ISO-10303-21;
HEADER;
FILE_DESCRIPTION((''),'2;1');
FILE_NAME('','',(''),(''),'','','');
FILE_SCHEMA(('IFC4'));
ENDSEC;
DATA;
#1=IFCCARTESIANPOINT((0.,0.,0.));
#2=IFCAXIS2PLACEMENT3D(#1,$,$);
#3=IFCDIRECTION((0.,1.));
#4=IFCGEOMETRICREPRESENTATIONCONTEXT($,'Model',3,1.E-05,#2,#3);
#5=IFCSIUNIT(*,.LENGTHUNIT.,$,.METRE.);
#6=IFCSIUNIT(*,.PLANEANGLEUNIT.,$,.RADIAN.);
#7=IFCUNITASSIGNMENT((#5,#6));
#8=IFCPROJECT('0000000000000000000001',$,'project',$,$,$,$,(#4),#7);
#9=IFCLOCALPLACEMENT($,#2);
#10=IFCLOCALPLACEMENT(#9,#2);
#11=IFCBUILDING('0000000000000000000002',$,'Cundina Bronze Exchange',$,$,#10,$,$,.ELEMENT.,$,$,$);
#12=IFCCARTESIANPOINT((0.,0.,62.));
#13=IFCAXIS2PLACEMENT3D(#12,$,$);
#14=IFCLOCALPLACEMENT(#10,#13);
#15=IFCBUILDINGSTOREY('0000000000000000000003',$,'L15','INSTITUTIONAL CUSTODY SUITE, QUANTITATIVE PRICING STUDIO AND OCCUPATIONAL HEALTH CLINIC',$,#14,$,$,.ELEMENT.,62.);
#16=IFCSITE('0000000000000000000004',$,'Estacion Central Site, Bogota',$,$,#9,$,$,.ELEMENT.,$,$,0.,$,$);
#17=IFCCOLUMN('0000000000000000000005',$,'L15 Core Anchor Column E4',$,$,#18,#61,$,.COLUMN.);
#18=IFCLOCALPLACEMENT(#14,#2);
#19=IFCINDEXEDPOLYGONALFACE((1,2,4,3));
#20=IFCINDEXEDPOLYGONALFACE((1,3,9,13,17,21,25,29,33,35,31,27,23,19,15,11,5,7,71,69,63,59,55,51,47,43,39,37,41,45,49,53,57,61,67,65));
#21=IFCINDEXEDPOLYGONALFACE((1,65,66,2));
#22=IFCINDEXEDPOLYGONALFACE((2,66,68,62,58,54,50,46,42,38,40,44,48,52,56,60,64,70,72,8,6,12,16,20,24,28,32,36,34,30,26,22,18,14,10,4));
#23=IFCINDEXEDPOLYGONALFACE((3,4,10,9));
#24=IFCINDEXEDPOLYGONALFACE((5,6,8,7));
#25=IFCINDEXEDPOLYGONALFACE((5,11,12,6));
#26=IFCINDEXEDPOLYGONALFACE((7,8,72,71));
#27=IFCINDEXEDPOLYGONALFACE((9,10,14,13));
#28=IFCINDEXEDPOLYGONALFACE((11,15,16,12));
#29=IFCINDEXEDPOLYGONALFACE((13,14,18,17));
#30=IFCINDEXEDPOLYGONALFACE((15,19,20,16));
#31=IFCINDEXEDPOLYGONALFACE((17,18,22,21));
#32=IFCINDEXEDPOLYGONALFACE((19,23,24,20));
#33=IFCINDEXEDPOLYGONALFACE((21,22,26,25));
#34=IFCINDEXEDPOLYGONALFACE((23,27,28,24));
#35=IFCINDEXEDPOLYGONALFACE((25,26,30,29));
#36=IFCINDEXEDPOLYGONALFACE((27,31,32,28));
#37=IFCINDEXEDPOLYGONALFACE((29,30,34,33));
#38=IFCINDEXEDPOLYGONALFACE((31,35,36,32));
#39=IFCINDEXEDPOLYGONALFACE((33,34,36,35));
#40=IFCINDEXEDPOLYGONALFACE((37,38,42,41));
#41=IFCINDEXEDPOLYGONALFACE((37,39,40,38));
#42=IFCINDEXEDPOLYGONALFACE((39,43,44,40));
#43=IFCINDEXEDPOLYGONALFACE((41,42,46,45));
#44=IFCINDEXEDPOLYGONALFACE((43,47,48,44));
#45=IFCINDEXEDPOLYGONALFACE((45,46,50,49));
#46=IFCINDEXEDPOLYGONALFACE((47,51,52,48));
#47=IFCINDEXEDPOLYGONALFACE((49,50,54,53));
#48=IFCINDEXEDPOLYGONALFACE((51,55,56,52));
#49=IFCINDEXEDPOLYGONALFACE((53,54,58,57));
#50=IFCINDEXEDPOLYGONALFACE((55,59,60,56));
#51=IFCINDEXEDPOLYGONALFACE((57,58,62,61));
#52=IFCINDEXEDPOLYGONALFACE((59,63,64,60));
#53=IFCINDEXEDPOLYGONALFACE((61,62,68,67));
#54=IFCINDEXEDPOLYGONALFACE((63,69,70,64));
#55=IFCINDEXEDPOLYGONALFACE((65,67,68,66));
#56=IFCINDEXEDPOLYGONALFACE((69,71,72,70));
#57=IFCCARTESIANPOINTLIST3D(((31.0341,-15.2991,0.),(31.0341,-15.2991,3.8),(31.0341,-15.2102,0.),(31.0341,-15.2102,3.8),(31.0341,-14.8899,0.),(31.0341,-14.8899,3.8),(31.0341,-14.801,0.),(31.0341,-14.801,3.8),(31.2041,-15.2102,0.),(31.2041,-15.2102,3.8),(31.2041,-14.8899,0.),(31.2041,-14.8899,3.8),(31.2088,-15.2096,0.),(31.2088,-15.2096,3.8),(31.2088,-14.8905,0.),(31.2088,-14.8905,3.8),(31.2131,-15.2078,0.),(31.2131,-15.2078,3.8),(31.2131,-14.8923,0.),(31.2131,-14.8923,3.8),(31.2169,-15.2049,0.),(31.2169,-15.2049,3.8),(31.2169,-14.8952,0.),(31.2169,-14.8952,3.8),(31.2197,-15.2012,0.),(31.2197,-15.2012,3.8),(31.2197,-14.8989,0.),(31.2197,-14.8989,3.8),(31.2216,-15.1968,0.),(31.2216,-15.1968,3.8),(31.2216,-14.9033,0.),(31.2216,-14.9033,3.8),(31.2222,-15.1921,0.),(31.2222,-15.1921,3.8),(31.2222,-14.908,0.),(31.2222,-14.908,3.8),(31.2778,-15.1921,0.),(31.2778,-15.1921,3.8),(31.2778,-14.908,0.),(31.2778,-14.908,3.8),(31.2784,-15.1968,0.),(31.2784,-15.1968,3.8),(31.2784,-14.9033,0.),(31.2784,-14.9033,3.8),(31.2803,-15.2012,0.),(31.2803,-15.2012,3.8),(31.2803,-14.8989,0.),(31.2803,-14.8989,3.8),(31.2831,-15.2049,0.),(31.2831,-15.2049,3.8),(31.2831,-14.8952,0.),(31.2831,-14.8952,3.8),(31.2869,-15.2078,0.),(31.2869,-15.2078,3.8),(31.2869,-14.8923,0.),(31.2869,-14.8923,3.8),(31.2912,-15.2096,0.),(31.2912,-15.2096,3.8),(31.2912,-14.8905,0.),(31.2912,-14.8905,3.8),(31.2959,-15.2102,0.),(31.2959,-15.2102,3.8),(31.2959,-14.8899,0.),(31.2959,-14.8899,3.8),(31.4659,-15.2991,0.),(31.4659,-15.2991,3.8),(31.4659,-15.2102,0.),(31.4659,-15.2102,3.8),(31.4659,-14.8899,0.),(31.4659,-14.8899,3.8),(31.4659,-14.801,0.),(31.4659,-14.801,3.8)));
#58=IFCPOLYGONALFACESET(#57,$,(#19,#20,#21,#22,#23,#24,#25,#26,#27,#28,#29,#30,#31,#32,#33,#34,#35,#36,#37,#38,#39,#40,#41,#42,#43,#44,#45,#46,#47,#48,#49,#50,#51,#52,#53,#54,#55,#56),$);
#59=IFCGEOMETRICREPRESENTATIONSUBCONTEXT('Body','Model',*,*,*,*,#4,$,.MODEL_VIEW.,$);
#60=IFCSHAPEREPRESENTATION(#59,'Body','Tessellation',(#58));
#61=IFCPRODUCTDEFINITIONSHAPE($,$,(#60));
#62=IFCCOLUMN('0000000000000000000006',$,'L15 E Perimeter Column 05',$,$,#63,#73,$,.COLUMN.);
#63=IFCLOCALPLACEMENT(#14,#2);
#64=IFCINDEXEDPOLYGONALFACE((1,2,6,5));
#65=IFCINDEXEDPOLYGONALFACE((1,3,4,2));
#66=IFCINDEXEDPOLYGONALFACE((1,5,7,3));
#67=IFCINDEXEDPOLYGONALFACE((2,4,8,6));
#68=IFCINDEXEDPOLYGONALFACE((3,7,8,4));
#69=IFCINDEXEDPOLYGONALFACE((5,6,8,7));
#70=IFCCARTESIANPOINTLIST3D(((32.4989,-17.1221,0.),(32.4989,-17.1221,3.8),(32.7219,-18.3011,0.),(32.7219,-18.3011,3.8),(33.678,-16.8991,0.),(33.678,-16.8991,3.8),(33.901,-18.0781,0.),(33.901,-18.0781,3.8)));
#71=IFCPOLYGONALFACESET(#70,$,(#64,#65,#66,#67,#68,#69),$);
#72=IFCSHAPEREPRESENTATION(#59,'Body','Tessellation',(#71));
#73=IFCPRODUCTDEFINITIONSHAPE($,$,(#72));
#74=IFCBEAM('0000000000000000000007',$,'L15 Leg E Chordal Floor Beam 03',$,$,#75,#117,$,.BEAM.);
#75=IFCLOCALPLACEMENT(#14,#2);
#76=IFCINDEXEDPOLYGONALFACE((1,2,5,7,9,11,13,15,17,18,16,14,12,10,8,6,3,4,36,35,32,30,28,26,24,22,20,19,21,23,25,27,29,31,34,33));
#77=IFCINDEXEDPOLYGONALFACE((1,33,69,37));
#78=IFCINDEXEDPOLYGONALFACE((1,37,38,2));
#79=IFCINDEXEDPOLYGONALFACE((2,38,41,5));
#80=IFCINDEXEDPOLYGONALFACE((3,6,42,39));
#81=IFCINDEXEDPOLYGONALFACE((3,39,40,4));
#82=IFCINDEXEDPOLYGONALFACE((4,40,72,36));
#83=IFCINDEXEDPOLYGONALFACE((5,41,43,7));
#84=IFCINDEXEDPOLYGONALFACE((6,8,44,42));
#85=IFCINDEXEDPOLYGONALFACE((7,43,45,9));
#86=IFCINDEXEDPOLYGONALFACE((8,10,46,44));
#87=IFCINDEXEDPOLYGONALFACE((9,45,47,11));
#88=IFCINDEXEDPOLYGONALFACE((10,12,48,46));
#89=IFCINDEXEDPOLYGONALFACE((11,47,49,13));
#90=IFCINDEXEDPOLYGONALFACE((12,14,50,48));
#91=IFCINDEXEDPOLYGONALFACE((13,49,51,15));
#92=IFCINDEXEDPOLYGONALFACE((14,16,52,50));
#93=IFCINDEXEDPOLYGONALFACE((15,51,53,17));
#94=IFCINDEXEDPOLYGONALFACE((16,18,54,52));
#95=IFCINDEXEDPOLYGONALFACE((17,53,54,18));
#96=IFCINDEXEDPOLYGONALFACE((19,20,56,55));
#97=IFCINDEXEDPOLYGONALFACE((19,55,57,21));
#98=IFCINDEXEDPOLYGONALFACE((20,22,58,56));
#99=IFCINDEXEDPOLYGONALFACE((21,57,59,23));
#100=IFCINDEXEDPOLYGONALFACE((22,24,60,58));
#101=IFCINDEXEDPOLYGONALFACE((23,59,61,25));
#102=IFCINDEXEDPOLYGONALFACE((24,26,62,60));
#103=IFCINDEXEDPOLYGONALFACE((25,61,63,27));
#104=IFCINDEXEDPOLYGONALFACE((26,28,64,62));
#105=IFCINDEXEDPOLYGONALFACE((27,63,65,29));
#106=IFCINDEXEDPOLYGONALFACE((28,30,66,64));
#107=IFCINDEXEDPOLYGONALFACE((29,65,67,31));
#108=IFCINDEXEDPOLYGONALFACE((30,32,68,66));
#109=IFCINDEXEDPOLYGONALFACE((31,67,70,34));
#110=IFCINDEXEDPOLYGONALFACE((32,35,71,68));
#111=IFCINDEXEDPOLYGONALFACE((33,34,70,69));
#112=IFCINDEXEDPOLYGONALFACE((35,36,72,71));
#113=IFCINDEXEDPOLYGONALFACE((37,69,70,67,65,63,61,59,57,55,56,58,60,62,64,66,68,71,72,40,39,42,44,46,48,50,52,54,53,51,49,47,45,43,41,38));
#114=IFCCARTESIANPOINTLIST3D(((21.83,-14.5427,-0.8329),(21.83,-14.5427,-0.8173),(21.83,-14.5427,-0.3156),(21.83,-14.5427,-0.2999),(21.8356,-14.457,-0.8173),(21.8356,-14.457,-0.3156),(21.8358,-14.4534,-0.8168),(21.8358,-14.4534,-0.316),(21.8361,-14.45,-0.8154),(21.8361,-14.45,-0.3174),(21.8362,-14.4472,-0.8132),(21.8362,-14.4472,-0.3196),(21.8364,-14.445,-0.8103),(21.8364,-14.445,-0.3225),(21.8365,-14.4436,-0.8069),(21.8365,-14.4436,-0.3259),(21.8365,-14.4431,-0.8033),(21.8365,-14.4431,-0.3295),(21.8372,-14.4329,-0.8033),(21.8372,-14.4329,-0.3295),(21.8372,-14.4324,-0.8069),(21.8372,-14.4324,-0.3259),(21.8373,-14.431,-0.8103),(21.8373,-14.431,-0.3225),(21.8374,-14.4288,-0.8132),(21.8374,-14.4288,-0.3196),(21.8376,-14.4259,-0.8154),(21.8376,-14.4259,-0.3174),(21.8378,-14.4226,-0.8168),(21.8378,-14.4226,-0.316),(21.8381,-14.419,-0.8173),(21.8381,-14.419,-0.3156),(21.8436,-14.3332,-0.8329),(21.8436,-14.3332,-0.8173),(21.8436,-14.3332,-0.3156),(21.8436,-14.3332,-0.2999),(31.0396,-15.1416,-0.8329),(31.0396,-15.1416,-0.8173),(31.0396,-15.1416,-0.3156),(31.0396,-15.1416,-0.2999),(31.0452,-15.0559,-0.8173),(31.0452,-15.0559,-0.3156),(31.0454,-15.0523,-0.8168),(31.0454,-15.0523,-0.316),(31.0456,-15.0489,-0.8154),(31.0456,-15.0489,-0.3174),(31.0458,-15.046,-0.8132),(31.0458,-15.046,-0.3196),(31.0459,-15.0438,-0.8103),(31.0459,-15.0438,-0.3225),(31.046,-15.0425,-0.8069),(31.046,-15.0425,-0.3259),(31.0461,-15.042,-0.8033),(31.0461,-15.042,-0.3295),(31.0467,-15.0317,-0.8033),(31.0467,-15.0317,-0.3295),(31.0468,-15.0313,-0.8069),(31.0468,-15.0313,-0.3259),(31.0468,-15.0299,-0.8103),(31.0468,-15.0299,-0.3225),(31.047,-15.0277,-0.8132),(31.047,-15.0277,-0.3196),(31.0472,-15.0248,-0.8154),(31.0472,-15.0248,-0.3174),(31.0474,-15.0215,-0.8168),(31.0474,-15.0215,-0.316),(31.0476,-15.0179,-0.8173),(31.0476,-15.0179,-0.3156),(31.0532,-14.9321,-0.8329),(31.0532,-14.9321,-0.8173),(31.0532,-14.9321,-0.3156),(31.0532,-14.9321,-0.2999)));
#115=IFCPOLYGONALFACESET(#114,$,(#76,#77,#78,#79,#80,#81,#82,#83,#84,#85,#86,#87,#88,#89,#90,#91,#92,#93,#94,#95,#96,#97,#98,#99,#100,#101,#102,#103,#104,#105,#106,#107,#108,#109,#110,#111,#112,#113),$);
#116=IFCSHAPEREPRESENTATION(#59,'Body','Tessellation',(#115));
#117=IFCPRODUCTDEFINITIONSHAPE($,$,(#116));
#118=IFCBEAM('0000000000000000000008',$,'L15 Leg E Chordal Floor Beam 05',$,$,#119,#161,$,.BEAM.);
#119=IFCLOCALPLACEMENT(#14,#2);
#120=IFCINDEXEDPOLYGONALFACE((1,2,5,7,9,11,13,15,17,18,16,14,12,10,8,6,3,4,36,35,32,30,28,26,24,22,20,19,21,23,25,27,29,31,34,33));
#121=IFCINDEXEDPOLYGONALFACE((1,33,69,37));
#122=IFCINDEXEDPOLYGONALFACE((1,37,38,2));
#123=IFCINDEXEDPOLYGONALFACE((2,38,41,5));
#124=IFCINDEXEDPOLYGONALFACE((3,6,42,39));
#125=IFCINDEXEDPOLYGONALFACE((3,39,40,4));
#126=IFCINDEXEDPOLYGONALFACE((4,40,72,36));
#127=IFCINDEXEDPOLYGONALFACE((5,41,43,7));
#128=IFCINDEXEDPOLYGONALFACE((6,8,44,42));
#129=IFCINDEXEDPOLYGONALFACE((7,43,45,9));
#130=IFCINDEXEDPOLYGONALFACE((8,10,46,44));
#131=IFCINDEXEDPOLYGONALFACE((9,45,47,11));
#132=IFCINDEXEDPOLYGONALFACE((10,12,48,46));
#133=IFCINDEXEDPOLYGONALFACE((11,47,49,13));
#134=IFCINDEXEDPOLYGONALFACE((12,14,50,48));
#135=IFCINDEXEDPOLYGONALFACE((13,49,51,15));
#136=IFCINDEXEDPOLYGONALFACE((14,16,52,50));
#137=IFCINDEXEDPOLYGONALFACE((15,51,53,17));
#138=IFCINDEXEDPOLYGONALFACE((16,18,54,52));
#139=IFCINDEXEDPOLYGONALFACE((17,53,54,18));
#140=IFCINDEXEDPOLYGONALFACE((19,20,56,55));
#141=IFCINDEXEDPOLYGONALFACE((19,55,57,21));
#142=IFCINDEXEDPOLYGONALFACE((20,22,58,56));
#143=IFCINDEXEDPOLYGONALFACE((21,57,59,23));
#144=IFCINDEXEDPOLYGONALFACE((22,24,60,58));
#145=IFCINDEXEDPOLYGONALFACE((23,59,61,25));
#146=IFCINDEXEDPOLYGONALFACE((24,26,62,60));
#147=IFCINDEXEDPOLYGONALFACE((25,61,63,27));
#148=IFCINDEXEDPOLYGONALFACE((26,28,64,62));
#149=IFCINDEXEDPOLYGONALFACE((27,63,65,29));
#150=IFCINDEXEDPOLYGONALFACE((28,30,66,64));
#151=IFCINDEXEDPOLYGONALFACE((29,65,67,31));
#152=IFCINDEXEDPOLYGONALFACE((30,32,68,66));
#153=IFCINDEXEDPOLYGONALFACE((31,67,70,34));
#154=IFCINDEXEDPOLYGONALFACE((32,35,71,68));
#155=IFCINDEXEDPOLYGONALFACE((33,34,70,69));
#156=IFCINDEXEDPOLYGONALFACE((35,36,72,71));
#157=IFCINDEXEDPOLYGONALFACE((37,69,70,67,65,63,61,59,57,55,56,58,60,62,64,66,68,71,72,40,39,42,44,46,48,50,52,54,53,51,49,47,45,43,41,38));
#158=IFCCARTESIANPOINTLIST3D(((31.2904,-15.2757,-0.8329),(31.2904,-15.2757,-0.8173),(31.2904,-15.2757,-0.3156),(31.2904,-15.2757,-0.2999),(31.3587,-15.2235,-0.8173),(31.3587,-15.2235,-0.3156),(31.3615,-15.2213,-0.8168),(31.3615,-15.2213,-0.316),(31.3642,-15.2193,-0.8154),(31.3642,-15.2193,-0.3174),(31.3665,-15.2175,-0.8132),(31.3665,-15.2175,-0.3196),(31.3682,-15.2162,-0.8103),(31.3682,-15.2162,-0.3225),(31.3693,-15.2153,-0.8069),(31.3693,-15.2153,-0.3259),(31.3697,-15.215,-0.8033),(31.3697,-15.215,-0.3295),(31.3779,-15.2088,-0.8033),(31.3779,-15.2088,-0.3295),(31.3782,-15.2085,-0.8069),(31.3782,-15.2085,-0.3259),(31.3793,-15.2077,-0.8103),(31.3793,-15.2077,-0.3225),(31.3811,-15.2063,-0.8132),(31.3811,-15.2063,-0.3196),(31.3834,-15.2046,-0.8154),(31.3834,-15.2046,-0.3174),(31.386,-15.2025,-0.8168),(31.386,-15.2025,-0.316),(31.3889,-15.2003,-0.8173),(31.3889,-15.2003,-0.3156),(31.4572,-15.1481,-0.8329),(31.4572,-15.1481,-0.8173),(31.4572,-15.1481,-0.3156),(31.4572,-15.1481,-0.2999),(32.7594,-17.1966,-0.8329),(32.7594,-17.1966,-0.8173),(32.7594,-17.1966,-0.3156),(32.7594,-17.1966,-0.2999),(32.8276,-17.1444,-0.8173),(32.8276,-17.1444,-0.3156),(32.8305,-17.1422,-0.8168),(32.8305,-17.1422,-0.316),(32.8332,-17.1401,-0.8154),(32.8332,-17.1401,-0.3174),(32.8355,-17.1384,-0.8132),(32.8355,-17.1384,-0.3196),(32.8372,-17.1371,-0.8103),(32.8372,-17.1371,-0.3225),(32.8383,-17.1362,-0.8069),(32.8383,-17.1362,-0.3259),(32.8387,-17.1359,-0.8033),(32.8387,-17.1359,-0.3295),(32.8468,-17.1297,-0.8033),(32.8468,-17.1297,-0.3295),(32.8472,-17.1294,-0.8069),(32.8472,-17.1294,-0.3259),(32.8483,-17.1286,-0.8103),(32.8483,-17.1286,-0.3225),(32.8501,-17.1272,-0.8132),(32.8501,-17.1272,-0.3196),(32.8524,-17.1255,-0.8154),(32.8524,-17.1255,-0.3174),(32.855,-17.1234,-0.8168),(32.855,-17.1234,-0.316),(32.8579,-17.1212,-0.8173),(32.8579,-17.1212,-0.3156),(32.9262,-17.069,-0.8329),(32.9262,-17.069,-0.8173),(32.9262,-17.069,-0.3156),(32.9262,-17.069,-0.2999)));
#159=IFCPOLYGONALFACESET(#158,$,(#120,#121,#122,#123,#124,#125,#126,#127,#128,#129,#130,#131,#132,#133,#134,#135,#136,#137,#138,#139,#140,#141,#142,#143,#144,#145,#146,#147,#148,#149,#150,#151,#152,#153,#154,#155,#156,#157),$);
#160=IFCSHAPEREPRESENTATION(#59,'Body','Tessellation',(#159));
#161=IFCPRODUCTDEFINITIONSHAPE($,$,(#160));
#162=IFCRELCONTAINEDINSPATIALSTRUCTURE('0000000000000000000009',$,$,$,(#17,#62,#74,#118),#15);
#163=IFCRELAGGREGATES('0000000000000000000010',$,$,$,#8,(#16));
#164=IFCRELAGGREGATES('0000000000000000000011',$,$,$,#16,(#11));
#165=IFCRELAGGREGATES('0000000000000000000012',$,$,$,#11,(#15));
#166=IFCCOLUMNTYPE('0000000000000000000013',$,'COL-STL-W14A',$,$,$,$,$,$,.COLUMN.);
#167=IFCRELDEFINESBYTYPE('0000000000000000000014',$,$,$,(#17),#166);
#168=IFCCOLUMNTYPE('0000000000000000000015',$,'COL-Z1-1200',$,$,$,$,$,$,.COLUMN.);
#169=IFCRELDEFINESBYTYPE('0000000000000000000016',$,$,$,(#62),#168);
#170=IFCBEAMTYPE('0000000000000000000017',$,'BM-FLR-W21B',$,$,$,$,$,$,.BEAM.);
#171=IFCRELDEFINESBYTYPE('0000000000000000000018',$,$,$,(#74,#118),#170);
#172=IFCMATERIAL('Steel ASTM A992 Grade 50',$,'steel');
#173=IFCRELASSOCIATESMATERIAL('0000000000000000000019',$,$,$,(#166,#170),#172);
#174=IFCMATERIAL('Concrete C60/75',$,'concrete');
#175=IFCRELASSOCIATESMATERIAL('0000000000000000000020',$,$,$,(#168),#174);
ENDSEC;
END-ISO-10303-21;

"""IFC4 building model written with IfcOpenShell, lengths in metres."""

from ifc_helpers import new_model, si_unit, direction, frame, origin, origin_2d, place, context, subcontext, project, spatial, rectangle, i_section, extrude, material, material_profile, profile_set, type_object, element, save


model = new_model("IFC4")

# Units and contexts
model_context = context("Model", 3, precision=1e-05, world=origin(), true_north=direction((0.0, 1.0)))
body_context = subcontext(model_context, "Body", "Model", "MODEL_VIEW")
ifc_project = project(units=[si_unit("LENGTHUNIT", "METRE"), si_unit("PLANEANGLEUNIT", "RADIAN")], contexts=[model_context])

# Site, building, storey
site_placement = place(None, origin())
site = spatial("IfcSite", under=ifc_project, at=site_placement, Name="Estacion Central Site, Bogota", CompositionType="ELEMENT", RefElevation=0.0)
building_placement = place(site_placement, origin())
building = spatial("IfcBuilding", under=site, at=building_placement, Name="Cundina Bronze Exchange", CompositionType="ELEMENT")
storey_placement = place(building_placement, frame((0.0, 0.0, 62.0)))
storey = spatial("IfcBuildingStorey", under=building, at=storey_placement, Name="L15", Description="INSTITUTIONAL CUSTODY SUITE, QUANTITATIVE PRICING STUDIO AND OCCUPATIONAL HEALTH CLINIC", CompositionType="ELEMENT", Elevation=62.0)

# Columns
ifc_material_1 = material(Name="Steel ASTM A992 Grade 50", Category="steel")
ifc_material_profile_1 = material_profile(ifc_material_1, i_section(OverallWidth=0.4319, OverallDepth=0.498, WebThickness=0.0557, FlangeThickness=0.0889, FilletRadius=0.0181, at=origin_2d()), Name="W14X500", Category="steel")
ifc_profile_set_1 = profile_set([ifc_material_profile_1], Name="Steel ASTM A992 Grade 50")
column_type_1 = type_object("IfcColumnType", Name="COL-STL-W14A", PredefinedType="COLUMN", material=ifc_profile_set_1)
column_1_placement = place(storey_placement, frame((31.25, -15.05, 0.0), z_axis=(0.0, 0.0, 1.0), x_axis=(1.0, 0.0, 0.0)))
element("IfcColumn", 1, at=column_1_placement, inside=storey, type_object=column_type_1, Name="L15 Core Anchor Column E4", PredefinedType="COLUMN", context=body_context, shape_type="SweptSolid", body=[
    extrude(i_section(OverallWidth=0.4319, OverallDepth=0.498, WebThickness=0.0557, FlangeThickness=0.0889, FilletRadius=0.0181, at=origin_2d()), origin(), (0.0, 0.0, 1.0), 3.8),
])
ifc_material_2 = material(Name="Concrete C60/75", Category="concrete")
ifc_material_profile_2 = material_profile(ifc_material_2, rectangle(XDim=1.2, YDim=1.2, at=origin_2d()), Name="RC1200X1200", Category="concrete")
ifc_profile_set_2 = profile_set([ifc_material_profile_2], Name="Concrete C60/75")
column_type_2 = type_object("IfcColumnType", Name="COL-Z1-1200", PredefinedType="COLUMN", material=ifc_profile_set_2)
column_2_placement = place(storey_placement, frame((33.2, -17.6001, 0.0), z_axis=(0.0, 0.0, 1.0), x_axis=(0.98258, 0.185838, 0.0)))
element("IfcColumn", 2, at=column_2_placement, inside=storey, type_object=column_type_2, Name="L15 E Perimeter Column 05", PredefinedType="COLUMN", context=body_context, shape_type="SweptSolid", body=[
    extrude(rectangle(XDim=1.2, YDim=1.2, at=origin_2d()), origin(), (0.0, 0.0, 1.0), 3.8),
])

# Beams
ifc_material_profile_3 = material_profile(ifc_material_1, i_section(OverallWidth=0.21, OverallDepth=0.533, WebThickness=0.0103, FlangeThickness=0.0156, FilletRadius=0.0139, at=origin_2d()), Name="W21X62", Category="steel")
ifc_profile_set_3 = profile_set([ifc_material_profile_3], Name="Steel ASTM A992 Grade 50")
beam_type_1 = type_object("IfcBeamType", Name="BM-FLR-W21B", PredefinedType="BEAM", material=ifc_profile_set_3)
beam_1_placement = place(storey_placement, frame((31.0464, -15.0369, -0.5664), z_axis=(-0.997892, 0.064891, 0.0), x_axis=(-0.064891, -0.997892, 0.0)))
element("IfcBeam", 3, at=beam_1_placement, inside=storey, type_object=beam_type_1, Name="L15 Leg E Chordal Floor Beam 03", PredefinedType="BEAM", context=body_context, shape_type="SweptSolid", body=[
    extrude(i_section(OverallWidth=0.21, OverallDepth=0.533, WebThickness=0.0103, FlangeThickness=0.0156, FilletRadius=0.0139, at=origin_2d()), origin(), (0.0, 0.0, 1.0), 9.229),
])
beam_2_placement = place(storey_placement, frame((31.3738, -15.2119, -0.5664), z_axis=(0.607469, -0.794344, 0.0), x_axis=(0.794344, 0.607469, 0.0)))
element("IfcBeam", 4, at=beam_2_placement, inside=storey, type_object=beam_type_1, Name="L15 Leg E Chordal Floor Beam 05", PredefinedType="BEAM", context=body_context, shape_type="SweptSolid", body=[
    extrude(i_section(OverallWidth=0.21, OverallDepth=0.533, WebThickness=0.0103, FlangeThickness=0.0156, FilletRadius=0.0139, at=origin_2d()), origin(), (0.0, 0.0, 1.0), 2.4182),
])

save(model, "model.ifc")
